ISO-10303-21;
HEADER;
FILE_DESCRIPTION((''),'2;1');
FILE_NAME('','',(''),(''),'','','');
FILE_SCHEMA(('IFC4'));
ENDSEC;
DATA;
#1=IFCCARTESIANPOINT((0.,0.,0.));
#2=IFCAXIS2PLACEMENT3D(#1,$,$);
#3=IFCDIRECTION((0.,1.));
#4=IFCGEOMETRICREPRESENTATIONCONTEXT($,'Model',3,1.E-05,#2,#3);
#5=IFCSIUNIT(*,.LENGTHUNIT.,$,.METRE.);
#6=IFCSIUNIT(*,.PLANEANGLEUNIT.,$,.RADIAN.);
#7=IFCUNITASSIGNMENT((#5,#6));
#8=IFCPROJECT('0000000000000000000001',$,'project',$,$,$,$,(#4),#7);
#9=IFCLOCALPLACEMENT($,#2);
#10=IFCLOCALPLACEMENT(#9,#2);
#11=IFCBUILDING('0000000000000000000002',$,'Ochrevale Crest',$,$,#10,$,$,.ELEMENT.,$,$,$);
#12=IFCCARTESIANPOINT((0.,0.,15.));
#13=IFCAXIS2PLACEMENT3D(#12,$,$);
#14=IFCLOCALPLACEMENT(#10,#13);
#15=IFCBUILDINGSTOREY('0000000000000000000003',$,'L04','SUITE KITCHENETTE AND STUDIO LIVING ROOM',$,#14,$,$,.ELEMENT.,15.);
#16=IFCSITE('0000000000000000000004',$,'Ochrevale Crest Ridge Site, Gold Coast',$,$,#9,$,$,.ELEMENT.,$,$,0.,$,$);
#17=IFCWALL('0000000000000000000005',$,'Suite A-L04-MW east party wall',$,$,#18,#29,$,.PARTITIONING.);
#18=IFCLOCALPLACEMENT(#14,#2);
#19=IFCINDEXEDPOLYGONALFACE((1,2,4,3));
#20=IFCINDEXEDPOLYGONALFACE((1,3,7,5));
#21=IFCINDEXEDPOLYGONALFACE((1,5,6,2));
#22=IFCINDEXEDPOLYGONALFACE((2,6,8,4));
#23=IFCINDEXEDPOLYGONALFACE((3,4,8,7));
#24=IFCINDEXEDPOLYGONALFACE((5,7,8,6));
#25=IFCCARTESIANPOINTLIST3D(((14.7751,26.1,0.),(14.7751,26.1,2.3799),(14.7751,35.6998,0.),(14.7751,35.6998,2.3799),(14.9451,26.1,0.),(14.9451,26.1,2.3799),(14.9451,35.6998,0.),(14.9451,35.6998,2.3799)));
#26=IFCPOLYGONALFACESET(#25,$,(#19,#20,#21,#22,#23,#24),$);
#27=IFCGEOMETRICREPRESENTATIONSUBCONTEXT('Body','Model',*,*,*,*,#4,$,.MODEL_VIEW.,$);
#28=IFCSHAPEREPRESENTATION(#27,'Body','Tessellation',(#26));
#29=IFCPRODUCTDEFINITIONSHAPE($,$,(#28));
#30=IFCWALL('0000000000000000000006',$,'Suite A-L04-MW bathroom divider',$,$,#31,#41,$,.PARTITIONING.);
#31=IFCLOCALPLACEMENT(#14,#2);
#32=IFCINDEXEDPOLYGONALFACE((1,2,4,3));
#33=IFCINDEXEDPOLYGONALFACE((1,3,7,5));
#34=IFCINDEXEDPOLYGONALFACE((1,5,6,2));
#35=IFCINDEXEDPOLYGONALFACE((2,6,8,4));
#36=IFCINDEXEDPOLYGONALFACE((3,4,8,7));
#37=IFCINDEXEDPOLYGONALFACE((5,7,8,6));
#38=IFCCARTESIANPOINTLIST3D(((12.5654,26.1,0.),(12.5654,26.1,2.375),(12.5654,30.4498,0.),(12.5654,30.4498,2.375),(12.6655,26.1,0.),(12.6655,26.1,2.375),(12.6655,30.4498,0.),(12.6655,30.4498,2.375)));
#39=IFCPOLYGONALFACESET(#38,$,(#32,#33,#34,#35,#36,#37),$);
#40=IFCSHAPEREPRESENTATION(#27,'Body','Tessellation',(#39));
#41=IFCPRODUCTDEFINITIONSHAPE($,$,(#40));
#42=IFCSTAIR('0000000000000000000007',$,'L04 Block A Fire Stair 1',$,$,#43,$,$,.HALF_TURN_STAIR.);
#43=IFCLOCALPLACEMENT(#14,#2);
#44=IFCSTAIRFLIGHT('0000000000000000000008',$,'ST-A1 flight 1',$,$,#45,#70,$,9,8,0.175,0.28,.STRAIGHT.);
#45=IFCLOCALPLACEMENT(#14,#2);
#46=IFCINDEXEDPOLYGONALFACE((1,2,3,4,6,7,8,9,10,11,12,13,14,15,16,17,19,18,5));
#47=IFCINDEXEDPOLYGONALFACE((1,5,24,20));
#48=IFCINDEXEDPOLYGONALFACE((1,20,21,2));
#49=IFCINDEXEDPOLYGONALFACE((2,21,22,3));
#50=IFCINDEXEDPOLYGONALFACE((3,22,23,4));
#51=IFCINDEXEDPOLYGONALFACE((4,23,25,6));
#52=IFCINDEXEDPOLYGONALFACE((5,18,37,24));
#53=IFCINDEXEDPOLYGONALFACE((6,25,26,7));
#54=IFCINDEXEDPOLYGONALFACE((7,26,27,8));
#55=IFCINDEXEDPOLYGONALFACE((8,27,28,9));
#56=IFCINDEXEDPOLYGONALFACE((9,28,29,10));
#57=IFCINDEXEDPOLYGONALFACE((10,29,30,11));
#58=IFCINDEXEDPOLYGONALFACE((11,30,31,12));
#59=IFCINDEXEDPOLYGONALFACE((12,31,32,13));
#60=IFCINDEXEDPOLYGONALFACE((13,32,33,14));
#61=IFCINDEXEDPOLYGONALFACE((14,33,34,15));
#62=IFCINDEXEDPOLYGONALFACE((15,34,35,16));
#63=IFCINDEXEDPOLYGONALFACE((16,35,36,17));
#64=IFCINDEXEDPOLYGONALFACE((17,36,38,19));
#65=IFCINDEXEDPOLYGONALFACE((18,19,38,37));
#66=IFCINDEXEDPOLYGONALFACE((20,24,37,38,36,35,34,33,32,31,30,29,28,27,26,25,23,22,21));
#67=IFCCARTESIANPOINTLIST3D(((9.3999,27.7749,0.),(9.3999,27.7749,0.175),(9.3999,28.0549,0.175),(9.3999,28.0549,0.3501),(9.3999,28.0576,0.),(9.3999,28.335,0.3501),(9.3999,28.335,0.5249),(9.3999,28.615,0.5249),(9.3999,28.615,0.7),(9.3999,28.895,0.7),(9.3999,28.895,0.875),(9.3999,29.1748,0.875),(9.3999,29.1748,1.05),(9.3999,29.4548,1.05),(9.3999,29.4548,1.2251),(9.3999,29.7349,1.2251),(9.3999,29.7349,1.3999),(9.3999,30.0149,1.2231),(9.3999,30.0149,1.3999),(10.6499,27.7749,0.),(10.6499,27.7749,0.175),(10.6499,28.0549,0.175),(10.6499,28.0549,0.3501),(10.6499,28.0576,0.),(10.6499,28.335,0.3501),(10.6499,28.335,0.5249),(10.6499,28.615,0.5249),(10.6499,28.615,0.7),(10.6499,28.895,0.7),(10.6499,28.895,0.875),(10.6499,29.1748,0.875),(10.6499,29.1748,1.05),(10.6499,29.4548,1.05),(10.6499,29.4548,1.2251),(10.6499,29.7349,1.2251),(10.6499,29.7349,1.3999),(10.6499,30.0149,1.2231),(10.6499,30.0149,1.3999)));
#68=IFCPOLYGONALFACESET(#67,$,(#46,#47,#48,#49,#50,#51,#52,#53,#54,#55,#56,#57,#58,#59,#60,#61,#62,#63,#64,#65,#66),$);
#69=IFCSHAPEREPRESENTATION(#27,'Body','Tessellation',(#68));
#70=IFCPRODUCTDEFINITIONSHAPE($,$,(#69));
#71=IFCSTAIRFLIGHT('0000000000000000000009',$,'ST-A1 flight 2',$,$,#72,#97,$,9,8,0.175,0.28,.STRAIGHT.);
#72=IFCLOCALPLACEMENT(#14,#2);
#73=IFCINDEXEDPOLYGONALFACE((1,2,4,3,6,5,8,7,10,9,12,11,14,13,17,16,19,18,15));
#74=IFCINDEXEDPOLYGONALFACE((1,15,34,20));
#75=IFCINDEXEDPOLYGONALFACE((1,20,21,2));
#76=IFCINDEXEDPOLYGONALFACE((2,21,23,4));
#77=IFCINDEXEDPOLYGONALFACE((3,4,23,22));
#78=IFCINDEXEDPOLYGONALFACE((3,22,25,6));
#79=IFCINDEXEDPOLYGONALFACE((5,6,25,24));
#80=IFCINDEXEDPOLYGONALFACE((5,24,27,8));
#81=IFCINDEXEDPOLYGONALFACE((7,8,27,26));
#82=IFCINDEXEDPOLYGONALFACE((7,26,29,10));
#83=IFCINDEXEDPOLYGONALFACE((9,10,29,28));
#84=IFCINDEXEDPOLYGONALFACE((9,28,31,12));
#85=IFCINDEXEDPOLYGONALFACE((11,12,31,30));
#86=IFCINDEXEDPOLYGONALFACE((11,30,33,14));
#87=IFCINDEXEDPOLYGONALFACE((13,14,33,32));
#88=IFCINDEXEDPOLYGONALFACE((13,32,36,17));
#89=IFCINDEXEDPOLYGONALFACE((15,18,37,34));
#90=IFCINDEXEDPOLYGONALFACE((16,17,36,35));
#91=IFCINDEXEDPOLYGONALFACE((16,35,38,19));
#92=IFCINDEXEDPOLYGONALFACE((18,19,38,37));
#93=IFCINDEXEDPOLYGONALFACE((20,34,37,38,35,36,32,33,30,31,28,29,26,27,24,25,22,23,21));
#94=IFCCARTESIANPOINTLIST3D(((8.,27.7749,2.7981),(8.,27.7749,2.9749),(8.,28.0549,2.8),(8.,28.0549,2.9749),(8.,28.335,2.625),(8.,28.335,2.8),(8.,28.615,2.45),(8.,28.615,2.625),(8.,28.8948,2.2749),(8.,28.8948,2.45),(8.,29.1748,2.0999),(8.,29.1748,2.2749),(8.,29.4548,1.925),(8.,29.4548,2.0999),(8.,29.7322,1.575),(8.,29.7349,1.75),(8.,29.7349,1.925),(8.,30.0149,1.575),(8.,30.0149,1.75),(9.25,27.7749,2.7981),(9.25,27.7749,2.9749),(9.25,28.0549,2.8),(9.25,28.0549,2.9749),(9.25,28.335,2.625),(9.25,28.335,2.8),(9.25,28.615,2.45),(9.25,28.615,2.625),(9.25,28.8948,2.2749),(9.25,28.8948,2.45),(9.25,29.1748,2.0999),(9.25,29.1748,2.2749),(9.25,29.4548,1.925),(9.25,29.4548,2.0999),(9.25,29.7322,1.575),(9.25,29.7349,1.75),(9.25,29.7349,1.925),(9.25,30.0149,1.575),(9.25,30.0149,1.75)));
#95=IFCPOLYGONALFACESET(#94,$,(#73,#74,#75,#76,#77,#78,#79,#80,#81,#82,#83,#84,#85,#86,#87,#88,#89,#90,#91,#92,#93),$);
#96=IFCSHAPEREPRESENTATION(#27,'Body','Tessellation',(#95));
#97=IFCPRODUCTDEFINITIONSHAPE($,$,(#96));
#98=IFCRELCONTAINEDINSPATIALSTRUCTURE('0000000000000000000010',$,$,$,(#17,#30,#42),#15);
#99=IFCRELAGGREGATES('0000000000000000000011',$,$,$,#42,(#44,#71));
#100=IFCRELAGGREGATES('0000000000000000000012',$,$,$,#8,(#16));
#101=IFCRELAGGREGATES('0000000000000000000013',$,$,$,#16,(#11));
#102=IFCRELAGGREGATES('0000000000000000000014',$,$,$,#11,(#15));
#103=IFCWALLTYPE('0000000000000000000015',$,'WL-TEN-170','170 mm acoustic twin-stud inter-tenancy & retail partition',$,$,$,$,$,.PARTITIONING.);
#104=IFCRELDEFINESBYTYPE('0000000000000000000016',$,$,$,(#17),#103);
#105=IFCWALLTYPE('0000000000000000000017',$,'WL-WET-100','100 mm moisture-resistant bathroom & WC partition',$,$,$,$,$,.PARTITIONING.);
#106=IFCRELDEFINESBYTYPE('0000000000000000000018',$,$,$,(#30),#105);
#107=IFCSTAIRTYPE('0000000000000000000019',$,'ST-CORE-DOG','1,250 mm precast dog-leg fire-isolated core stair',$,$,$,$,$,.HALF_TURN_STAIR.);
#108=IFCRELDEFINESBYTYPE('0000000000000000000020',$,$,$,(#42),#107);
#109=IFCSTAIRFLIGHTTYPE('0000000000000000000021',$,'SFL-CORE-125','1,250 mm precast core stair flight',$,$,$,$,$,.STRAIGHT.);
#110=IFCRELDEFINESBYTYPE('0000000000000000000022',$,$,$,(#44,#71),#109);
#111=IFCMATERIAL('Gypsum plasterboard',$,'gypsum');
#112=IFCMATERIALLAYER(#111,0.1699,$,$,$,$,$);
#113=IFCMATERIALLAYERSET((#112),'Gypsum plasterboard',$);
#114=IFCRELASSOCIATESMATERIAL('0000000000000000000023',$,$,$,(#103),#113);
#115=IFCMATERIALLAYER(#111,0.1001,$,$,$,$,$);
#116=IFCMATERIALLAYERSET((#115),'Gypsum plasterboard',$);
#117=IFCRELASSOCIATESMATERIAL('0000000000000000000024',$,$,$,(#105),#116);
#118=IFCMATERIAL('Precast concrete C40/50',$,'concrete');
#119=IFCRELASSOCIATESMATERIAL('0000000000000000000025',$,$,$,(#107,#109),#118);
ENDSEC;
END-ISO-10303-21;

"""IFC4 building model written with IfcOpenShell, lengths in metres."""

from ifc_helpers import new_model, si_unit, direction, frame, frame_2d, origin, place, context, subcontext, project, spatial, polyline, rectangle, outline, extrude, material, layer, layer_set, type_object, element, aggregate, save


model = new_model("IFC4")

# Units and contexts
model_context = context("Model", 3, precision=1e-05, world=origin(), true_north=direction((0.0, 1.0)))
body_context = subcontext(model_context, "Body", "Model", "MODEL_VIEW")
ifc_project = project(units=[si_unit("LENGTHUNIT", "METRE"), si_unit("PLANEANGLEUNIT", "RADIAN")], contexts=[model_context])

# Site, building, storey
site_placement = place(None, origin())
site = spatial("IfcSite", under=ifc_project, at=site_placement, Name="Ochrevale Crest Ridge Site, Gold Coast", CompositionType="ELEMENT", RefElevation=0.0)
building_placement = place(site_placement, origin())
building = spatial("IfcBuilding", under=site, at=building_placement, Name="Ochrevale Crest", CompositionType="ELEMENT")
storey_placement = place(building_placement, frame((0.0, 0.0, 15.0)))
storey = spatial("IfcBuildingStorey", under=building, at=storey_placement, Name="L04", Description="SUITE KITCHENETTE AND STUDIO LIVING ROOM", CompositionType="ELEMENT", Elevation=15.0)

# Shared definitions
ifc_material_1 = material(Name="Gypsum plasterboard", Category="gypsum")

# Walls
ifc_layer_1 = layer(ifc_material_1, 0.1699)
ifc_layer_set_1 = layer_set([ifc_layer_1], Name="Gypsum plasterboard")
wall_type_1 = type_object("IfcWallType", Name="WL-TEN-170", Description="170 mm acoustic twin-stud inter-tenancy & retail partition", PredefinedType="PARTITIONING", material=ifc_layer_set_1)
wall_1_placement = place(storey_placement, frame((14.8601, 26.1001, 0.0), z_axis=(0.0, 0.0, 1.0), x_axis=(0.0, 1.0, 0.0)))
element("IfcWall", 1, at=wall_1_placement, inside=storey, type_object=wall_type_1, Name="Suite A-L04-MW east party wall", PredefinedType="PARTITIONING", context=body_context, shape_type="SweptSolid", body=[
    extrude(rectangle(XDim=9.5999, YDim=0.1699, at=frame_2d((4.7998, 0.0))), origin(), (0.0, 0.0, 1.0), 2.3799),
])
ifc_layer_2 = layer(ifc_material_1, 0.1001)
ifc_layer_set_2 = layer_set([ifc_layer_2], Name="Gypsum plasterboard")
wall_type_2 = type_object("IfcWallType", Name="WL-WET-100", Description="100 mm moisture-resistant bathroom & WC partition", PredefinedType="PARTITIONING", material=ifc_layer_set_2)
wall_2_placement = place(storey_placement, frame((12.6155, 26.1001, 0.0), z_axis=(0.0, 0.0, 1.0), x_axis=(0.0, 1.0, 0.0)))
element("IfcWall", 2, at=wall_2_placement, inside=storey, type_object=wall_type_2, Name="Suite A-L04-MW bathroom divider", PredefinedType="PARTITIONING", context=body_context, shape_type="SweptSolid", body=[
    extrude(rectangle(XDim=4.3499, YDim=0.1001, at=frame_2d((2.1748, 0.0))), origin(), (0.0, 0.0, 1.0), 2.375),
])

# Stair, stair flights
ifc_material_2 = material(Name="Precast concrete C40/50", Category="concrete")
stair_type = type_object("IfcStairType", Name="ST-CORE-DOG", Description="1,250 mm precast dog-leg fire-isolated core stair", PredefinedType="HALF_TURN_STAIR", material=ifc_material_2)
stair_placement = place(storey_placement, origin())
stair = element("IfcStair", 3, at=stair_placement, inside=storey, type_object=stair_type, Name="L04 Block A Fire Stair 1", PredefinedType="HALF_TURN_STAIR")
stair_flight_type = type_object("IfcStairFlightType", Name="SFL-CORE-125", Description="1,250 mm precast core stair flight", PredefinedType="STRAIGHT", material=ifc_material_2)
stair_flight_1_placement = place(storey_placement, frame((10.0249, 27.7749, 0.0), z_axis=(0.0, 0.0, 1.0), x_axis=(0.0, 1.0, 0.0)))
stair_flight_1 = element("IfcStairFlight", 4, at=stair_flight_1_placement, type_object=stair_flight_type, Name="ST-A1 flight 1", NumberOfRisers=9, NumberOfTreads=8, PredefinedType="STRAIGHT", RiserHeight=0.175, TreadLength=0.28, context=body_context, shape_type="SweptSolid", body=[
    extrude(outline(polyline([(0.0, 0.0), (0.0, 0.175), (0.28, 0.175), (0.28, 0.3501), (0.5601, 0.3501), (0.5601, 0.5249), (0.8401, 0.5249), (0.8401, 0.7), (1.1201, 0.7), (1.1201, 0.875), (1.3999, 0.875), (1.3999, 1.05), (1.6799, 1.05), (1.6799, 1.2251), (1.96, 1.2251), (1.96, 1.3999), (2.24, 1.3999), (2.24, 1.575), (2.24, 1.2231), (0.2827, 0.0), (0.0, 0.0)])), frame((0.0, 0.625, 0.0), z_axis=(0.0, -1.0, 0.0), x_axis=(1.0, 0.0, 0.0)), (0.0, 0.0, 1.0), 1.25),
])
stair_flight_2_placement = place(storey_placement, frame((8.625, 30.0149, 1.575), z_axis=(0.0, 0.0, 1.0), x_axis=(0.0, -1.0, 0.0)))
stair_flight_2 = element("IfcStairFlight", 5, at=stair_flight_2_placement, type_object=stair_flight_type, Name="ST-A1 flight 2", NumberOfRisers=9, NumberOfTreads=8, PredefinedType="STRAIGHT", RiserHeight=0.175, TreadLength=0.28, context=body_context, shape_type="SweptSolid", body=[
    extrude(outline(polyline([(0.0, 0.0), (0.0, 0.175), (0.28, 0.175), (0.28, 0.3501), (0.5601, 0.3501), (0.5601, 0.5249), (0.8401, 0.5249), (0.8401, 0.7), (1.1201, 0.7), (1.1201, 0.875), (1.3999, 0.875), (1.3999, 1.05), (1.6799, 1.05), (1.6799, 1.2251), (1.96, 1.2251), (1.96, 1.3999), (2.24, 1.3999), (2.24, 1.575), (2.24, 1.2231), (0.2827, 0.0), (0.0, 0.0)])), frame((0.0, 0.625, 0.0), z_axis=(0.0, -1.0, 0.0), x_axis=(1.0, 0.0, 0.0)), (0.0, 0.0, 1.0), 1.25),
])
aggregate(stair, [stair_flight_1, stair_flight_2])

save(model, "model.ifc")
